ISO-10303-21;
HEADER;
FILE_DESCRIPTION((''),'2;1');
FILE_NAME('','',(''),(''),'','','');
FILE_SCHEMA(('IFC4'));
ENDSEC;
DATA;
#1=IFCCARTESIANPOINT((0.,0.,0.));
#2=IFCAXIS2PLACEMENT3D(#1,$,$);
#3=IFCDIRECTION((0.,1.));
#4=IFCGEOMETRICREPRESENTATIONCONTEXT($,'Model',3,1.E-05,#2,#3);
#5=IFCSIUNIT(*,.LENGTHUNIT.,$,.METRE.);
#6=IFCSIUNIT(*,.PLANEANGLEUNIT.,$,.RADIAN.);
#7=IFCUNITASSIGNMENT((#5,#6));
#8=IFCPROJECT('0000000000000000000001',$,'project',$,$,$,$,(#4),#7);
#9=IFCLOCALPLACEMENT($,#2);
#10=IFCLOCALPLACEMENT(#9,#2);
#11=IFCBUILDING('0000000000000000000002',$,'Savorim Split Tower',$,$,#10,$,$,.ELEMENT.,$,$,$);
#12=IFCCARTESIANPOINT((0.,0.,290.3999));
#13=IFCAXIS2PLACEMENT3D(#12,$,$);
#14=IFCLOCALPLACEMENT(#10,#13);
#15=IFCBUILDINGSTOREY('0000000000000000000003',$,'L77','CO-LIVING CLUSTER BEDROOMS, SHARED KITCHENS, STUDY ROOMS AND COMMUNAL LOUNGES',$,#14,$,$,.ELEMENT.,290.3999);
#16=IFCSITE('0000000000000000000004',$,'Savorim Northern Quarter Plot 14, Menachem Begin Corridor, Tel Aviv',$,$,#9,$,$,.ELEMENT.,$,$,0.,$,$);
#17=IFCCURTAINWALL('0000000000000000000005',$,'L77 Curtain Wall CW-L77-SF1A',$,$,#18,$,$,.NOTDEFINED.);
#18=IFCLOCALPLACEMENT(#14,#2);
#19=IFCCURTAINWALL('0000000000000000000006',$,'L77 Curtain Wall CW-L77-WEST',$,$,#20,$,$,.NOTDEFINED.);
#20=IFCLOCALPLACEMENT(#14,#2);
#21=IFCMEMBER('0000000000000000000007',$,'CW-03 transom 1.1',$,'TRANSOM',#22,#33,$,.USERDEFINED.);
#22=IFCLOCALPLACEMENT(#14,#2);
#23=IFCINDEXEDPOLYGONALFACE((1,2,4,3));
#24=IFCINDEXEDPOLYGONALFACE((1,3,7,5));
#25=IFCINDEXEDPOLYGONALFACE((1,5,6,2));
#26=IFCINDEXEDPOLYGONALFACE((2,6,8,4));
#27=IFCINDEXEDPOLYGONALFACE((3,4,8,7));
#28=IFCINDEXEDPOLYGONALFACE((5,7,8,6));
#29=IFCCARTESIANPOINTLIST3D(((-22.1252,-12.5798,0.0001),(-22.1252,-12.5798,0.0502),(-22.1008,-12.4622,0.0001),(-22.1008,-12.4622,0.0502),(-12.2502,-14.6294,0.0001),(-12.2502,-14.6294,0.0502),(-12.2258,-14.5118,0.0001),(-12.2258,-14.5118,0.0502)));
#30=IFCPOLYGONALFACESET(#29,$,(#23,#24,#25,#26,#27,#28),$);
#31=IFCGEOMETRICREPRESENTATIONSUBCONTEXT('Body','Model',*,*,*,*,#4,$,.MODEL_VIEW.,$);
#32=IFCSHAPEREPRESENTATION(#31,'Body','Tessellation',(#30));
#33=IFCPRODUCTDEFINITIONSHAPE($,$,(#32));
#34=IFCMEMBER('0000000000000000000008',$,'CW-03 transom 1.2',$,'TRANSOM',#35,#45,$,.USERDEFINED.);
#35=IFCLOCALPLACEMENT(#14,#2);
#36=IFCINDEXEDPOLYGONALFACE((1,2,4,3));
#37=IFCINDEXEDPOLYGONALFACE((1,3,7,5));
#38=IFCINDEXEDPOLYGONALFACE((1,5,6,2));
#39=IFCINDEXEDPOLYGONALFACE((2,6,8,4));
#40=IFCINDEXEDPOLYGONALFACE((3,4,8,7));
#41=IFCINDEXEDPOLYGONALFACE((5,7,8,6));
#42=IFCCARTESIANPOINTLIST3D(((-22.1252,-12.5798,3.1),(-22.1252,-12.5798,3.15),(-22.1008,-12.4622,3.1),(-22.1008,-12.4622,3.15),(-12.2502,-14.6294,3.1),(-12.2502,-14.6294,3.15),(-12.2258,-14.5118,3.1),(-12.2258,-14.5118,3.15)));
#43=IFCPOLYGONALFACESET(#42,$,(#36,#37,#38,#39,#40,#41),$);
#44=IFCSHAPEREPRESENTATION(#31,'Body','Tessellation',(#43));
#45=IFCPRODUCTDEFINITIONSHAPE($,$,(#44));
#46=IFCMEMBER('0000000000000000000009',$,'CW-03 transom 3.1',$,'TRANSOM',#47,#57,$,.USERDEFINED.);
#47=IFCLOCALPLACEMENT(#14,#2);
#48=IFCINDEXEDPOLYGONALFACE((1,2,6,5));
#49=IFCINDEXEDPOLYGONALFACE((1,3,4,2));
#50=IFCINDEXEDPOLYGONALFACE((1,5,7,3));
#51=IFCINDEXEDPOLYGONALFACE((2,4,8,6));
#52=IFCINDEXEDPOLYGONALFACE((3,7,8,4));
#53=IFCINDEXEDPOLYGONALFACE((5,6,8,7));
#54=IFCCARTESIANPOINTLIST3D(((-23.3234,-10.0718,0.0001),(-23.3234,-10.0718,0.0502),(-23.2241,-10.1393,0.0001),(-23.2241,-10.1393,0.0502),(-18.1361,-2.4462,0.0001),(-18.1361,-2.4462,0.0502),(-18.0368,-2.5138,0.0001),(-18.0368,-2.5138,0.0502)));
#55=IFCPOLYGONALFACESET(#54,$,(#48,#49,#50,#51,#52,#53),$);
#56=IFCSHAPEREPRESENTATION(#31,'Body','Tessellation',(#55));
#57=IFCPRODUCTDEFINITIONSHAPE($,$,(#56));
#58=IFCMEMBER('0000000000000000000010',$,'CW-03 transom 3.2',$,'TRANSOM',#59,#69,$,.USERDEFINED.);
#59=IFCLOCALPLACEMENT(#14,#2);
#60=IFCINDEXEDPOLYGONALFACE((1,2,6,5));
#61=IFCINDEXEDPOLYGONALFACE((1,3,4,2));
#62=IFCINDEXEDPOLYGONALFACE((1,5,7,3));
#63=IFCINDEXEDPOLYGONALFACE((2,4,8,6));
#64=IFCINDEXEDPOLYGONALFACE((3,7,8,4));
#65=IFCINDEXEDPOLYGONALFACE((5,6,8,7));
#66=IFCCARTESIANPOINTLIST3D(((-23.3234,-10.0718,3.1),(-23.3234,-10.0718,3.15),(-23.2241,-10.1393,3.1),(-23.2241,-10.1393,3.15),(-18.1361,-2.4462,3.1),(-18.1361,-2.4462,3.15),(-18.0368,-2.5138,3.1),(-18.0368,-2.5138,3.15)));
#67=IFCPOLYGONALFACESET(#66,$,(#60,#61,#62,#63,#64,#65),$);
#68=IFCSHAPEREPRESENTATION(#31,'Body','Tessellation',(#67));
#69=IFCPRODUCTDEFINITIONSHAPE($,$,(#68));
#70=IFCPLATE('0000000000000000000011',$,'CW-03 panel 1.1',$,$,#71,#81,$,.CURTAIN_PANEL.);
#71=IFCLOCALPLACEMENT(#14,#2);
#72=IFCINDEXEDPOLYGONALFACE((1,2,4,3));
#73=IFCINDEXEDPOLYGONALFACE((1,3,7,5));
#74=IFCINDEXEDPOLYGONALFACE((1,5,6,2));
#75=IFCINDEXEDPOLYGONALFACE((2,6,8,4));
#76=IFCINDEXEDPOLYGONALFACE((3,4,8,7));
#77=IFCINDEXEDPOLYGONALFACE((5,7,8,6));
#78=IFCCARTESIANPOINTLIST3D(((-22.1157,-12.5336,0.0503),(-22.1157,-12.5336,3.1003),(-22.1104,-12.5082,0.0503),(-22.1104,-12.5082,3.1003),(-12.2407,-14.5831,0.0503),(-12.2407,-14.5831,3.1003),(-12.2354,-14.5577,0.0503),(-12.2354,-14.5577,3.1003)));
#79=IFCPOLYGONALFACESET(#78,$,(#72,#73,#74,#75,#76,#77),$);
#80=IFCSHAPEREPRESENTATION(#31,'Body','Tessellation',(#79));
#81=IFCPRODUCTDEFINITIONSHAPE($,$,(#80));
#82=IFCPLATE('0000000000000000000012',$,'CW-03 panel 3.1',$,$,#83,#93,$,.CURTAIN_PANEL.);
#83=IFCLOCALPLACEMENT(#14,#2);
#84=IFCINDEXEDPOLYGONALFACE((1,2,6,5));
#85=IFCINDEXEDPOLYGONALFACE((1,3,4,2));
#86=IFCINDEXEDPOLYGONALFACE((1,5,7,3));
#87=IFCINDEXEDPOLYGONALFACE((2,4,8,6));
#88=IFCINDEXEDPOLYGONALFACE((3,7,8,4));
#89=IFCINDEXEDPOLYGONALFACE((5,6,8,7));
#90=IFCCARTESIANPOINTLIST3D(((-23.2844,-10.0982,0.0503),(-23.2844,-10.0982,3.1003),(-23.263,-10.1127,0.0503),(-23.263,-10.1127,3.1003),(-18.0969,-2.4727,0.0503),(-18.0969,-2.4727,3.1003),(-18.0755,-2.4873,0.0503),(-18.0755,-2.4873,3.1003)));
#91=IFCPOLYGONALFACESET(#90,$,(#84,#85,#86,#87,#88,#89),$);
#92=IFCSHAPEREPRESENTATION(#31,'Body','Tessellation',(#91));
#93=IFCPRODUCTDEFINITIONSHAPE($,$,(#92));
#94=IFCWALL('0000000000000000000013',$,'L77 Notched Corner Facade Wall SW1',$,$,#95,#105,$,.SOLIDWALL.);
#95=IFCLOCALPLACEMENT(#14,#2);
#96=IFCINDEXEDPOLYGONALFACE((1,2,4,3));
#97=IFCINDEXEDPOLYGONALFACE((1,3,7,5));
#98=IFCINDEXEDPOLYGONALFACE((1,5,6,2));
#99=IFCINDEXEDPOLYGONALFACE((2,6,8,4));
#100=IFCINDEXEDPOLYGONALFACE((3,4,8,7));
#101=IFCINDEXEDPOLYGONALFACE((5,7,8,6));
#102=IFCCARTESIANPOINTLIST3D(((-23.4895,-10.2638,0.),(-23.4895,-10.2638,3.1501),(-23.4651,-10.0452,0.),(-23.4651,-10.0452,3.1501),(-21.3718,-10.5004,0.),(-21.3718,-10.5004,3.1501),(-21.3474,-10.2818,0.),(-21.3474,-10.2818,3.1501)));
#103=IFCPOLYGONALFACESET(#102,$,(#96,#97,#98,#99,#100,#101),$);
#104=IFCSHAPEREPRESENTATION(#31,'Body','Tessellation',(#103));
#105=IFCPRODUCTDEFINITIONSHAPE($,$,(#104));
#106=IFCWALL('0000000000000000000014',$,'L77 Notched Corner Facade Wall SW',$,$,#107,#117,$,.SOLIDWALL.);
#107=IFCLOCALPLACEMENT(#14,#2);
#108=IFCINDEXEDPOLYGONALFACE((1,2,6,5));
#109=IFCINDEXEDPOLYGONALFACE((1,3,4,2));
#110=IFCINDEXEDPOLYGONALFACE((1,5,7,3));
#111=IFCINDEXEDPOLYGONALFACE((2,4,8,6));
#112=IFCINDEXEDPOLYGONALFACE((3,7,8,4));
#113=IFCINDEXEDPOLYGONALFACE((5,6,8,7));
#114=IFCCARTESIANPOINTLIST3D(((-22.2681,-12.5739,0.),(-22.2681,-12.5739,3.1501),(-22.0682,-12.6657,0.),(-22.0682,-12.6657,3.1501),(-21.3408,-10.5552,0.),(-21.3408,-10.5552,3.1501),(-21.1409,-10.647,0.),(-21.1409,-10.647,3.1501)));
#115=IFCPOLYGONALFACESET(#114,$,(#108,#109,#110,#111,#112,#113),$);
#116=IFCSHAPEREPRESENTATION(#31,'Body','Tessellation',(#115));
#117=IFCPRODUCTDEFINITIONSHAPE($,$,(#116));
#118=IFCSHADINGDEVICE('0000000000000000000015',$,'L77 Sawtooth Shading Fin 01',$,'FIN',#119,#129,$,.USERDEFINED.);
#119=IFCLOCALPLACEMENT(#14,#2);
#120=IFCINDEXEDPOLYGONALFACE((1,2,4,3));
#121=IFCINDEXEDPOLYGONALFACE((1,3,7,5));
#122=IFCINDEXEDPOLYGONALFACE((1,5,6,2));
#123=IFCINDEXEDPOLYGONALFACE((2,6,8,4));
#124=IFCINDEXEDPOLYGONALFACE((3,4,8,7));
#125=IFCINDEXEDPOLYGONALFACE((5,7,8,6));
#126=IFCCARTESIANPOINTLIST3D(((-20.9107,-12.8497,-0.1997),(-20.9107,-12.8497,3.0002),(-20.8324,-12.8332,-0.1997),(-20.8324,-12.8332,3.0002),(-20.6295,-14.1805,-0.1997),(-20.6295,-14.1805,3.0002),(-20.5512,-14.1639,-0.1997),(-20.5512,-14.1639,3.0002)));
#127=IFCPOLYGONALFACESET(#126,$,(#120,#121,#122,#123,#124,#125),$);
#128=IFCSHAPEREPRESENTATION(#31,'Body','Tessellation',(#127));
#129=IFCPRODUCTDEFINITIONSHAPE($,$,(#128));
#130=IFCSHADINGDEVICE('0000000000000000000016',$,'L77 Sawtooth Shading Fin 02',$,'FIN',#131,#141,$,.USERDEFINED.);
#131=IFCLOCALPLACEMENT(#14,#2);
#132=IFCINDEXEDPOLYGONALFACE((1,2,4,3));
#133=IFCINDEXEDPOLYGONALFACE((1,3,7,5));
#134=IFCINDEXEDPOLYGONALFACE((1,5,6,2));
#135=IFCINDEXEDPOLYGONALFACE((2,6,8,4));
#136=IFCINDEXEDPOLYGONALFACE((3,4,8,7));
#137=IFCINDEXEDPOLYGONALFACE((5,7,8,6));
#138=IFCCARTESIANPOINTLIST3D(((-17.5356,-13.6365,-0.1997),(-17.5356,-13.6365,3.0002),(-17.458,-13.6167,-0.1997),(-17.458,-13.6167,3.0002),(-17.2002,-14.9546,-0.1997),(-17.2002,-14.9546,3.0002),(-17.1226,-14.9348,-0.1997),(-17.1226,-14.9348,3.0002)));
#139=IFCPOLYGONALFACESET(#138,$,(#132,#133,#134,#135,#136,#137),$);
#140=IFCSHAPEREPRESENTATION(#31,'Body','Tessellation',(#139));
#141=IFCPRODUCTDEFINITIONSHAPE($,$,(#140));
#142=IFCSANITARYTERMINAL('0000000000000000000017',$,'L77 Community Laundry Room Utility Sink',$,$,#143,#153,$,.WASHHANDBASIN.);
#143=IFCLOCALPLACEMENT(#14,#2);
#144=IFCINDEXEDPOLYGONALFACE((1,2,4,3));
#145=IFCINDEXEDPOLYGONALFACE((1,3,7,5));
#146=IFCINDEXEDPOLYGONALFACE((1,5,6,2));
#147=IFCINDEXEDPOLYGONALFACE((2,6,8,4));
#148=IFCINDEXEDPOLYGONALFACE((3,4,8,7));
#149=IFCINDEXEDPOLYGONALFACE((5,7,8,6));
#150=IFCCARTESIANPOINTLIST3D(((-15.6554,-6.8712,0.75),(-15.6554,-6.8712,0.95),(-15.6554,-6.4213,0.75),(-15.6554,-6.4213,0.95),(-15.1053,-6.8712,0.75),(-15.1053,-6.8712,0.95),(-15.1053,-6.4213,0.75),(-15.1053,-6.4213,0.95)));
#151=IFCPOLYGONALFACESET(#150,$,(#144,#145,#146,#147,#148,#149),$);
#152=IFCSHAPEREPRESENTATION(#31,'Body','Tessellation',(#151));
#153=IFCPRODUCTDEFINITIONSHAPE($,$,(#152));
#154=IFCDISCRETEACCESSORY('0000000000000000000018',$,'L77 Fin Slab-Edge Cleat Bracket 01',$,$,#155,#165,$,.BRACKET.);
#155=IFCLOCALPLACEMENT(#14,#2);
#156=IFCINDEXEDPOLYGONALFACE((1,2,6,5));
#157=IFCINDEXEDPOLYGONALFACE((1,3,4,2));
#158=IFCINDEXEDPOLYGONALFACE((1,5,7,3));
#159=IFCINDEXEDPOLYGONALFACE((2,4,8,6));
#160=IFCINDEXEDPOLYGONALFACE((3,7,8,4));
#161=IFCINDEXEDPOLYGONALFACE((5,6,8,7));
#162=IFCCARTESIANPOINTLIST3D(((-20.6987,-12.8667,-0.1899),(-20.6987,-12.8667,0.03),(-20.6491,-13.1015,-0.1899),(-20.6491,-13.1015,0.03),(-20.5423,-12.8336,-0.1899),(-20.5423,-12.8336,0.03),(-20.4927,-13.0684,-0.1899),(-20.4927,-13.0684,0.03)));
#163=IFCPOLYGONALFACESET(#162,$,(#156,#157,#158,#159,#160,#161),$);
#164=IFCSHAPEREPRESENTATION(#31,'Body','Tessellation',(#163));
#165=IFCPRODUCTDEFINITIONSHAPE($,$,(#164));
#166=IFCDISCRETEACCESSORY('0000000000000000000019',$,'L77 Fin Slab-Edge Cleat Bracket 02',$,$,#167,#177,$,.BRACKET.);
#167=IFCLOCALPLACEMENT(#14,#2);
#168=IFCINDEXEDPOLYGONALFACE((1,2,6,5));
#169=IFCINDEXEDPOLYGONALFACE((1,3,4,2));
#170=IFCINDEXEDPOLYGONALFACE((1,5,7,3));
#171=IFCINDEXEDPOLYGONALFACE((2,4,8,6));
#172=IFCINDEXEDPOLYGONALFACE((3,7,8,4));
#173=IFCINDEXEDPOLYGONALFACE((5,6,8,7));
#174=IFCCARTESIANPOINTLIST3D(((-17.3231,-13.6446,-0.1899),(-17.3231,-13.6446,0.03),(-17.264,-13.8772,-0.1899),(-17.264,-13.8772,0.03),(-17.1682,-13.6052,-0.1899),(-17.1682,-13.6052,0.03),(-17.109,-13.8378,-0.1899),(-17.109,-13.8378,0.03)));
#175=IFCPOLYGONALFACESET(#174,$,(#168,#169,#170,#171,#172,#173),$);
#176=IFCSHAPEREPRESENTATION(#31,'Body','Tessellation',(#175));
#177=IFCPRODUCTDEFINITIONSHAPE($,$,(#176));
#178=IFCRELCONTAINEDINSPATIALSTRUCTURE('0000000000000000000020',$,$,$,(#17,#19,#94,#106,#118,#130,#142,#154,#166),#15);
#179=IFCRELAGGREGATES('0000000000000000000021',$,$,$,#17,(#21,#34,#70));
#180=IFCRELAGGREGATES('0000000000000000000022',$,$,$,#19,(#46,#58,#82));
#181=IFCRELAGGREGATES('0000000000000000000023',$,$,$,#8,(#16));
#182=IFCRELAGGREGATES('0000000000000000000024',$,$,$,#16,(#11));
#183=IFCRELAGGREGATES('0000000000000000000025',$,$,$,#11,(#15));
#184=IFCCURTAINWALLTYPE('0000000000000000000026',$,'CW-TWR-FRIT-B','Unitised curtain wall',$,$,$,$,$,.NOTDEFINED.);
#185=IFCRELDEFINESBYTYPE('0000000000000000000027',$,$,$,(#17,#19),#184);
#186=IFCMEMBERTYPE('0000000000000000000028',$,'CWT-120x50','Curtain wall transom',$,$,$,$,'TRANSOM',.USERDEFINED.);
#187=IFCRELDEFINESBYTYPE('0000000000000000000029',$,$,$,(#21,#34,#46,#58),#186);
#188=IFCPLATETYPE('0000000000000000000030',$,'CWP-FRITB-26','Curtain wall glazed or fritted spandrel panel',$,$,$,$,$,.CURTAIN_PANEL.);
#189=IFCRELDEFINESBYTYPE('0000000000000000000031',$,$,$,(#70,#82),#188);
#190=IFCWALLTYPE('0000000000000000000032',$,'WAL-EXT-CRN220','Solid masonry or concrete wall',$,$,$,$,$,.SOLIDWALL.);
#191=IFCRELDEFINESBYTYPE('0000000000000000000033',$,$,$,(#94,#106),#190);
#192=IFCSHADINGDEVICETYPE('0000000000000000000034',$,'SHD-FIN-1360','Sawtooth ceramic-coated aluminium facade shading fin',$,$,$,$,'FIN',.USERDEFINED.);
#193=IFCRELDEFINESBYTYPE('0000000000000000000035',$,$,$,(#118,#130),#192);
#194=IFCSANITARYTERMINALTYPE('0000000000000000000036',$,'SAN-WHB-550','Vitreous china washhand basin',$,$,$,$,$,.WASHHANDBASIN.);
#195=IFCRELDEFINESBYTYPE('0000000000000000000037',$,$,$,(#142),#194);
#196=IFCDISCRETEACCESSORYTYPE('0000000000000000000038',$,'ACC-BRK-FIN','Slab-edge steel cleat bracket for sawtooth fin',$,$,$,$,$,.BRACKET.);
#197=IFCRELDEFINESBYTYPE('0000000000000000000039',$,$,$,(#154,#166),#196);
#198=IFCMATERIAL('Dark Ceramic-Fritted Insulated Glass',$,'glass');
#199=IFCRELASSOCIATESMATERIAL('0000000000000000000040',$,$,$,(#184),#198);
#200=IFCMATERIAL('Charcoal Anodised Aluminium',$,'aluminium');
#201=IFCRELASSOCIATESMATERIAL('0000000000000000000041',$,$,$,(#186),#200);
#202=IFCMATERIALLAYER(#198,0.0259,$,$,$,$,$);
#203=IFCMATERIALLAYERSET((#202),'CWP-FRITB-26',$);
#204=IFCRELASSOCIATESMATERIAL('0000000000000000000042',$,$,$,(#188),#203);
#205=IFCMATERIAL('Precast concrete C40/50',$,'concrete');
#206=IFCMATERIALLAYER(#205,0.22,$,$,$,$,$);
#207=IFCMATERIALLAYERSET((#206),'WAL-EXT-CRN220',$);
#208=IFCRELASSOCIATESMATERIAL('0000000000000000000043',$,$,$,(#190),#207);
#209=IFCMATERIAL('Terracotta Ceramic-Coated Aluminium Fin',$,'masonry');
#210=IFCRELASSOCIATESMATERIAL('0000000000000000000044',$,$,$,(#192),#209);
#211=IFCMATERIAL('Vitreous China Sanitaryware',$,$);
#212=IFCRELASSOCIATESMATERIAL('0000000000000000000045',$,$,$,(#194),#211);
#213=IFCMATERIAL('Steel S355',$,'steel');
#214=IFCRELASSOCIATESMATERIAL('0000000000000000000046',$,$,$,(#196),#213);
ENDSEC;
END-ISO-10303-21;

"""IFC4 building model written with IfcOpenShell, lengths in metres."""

from ifc_helpers import new_model, si_unit, direction, frame, frame_2d, origin, origin_2d, place, context, subcontext, project, spatial, rectangle, extrude, material, layer, layer_set, material_profile, profile_set, type_object, element, aggregate, save


model = new_model("IFC4")

# Units and contexts
model_context = context("Model", 3, precision=1e-05, world=origin(), true_north=direction((0.0, 1.0)))
body_context = subcontext(model_context, "Body", "Model", "MODEL_VIEW")
ifc_project = project(units=[si_unit("LENGTHUNIT", "METRE"), si_unit("PLANEANGLEUNIT", "RADIAN")], contexts=[model_context])

# Site, building, storey
site_placement = place(None, origin())
site = spatial("IfcSite", under=ifc_project, at=site_placement, Name="Savorim Northern Quarter Plot 14, Menachem Begin Corridor, Tel Aviv", CompositionType="ELEMENT", RefElevation=0.0)
building_placement = place(site_placement, origin())
building = spatial("IfcBuilding", under=site, at=building_placement, Name="Savorim Split Tower", CompositionType="ELEMENT")
storey_placement = place(building_placement, frame((0.0, 0.0, 290.3999)))
storey = spatial("IfcBuildingStorey", under=building, at=storey_placement, Name="L77", Description="CO-LIVING CLUSTER BEDROOMS, SHARED KITCHENS, STUDY ROOMS AND COMMUNAL LOUNGES", CompositionType="ELEMENT", Elevation=290.3999)

# Shared definitions
ifc_material_1 = material(Name="Steel S355", Category="steel")

# Curtain wall
ifc_material_2 = material(Name="Dark Ceramic-Fritted Insulated Glass", Category="glass")
curtain_wall_type = type_object("IfcCurtainWallType", Name="CW-TWR-FRIT-B", Description="Unitised curtain wall", PredefinedType="NOTDEFINED", material=ifc_material_2)
curtain_wall_1_placement = place(storey_placement, origin())
curtain_wall_1 = element("IfcCurtainWall", 1, at=curtain_wall_1_placement, inside=storey, type_object=curtain_wall_type, Name="L77 Curtain Wall CW-L77-SF1A", PredefinedType="NOTDEFINED")
ifc_material_3 = material(Name="Charcoal Anodised Aluminium", Category="aluminium")

# Curtain wall
curtain_wall_2_placement = place(storey_placement, origin())
curtain_wall_2 = element("IfcCurtainWall", 2, at=curtain_wall_2_placement, inside=storey, type_object=curtain_wall_type, Name="L77 Curtain Wall CW-L77-WEST", PredefinedType="NOTDEFINED")

# Members
ifc_material_profile_1 = material_profile(ifc_material_3, rectangle(XDim=0.1201, YDim=0.05, at=origin_2d()), Name="ALU-T 120x50")
ifc_profile_set_1 = profile_set([ifc_material_profile_1], Name="Charcoal Anodised Aluminium")
member_type_1 = type_object("IfcMemberType", Name="CWT-120x50", Description="Curtain wall transom", ElementType="TRANSOM", PredefinedType="USERDEFINED", material=ifc_profile_set_1)
member_1_placement = place(storey_placement, frame((-22.113, -12.521, 0.0251), z_axis=(0.979133, -0.20322, 0.0), x_axis=(0.20322, 0.979133, 0.0)))
member_1 = element("IfcMember", 3, at=member_1_placement, type_object=member_type_1, Name="CW-03 transom 1.1", ObjectType="TRANSOM", PredefinedType="USERDEFINED", context=body_context, shape_type="SweptSolid", body=[
    extrude(rectangle(XDim=0.1201, YDim=0.05, at=origin_2d()), origin(), (0.0, 0.0, 1.0), 10.0854),
])
member_2_placement = place(storey_placement, frame((-22.113, -12.521, 3.125), z_axis=(0.979133, -0.20322, 0.0), x_axis=(0.20322, 0.979133, 0.0)))
member_2 = element("IfcMember", 4, at=member_2_placement, type_object=member_type_1, Name="CW-03 transom 1.2", ObjectType="TRANSOM", PredefinedType="USERDEFINED", context=body_context, shape_type="SweptSolid", body=[
    extrude(rectangle(XDim=0.1201, YDim=0.05, at=origin_2d()), origin(), (0.0, 0.0, 1.0), 10.0854),
])
member_3_placement = place(storey_placement, frame((-18.0864, -2.48, 0.0251), z_axis=(-0.562453, -0.826829, 0.0), x_axis=(0.826829, -0.562453, 0.0)))
member_3 = element("IfcMember", 5, at=member_3_placement, type_object=member_type_1, Name="CW-03 transom 3.1", ObjectType="TRANSOM", PredefinedType="USERDEFINED", context=body_context, shape_type="SweptSolid", body=[
    extrude(rectangle(XDim=0.1201, YDim=0.05, at=origin_2d()), origin(), (0.0, 0.0, 1.0), 9.2227),
])
member_4_placement = place(storey_placement, frame((-18.0864, -2.48, 3.125), z_axis=(-0.562453, -0.826829, 0.0), x_axis=(0.826829, -0.562453, 0.0)))
member_4 = element("IfcMember", 6, at=member_4_placement, type_object=member_type_1, Name="CW-03 transom 3.2", ObjectType="TRANSOM", PredefinedType="USERDEFINED", context=body_context, shape_type="SweptSolid", body=[
    extrude(rectangle(XDim=0.1201, YDim=0.05, at=origin_2d()), origin(), (0.0, 0.0, 1.0), 9.2227),
])

# Plates
ifc_layer_1 = layer(ifc_material_2, 0.0259)
ifc_layer_set_1 = layer_set([ifc_layer_1], Name="CWP-FRITB-26")
plate_type = type_object("IfcPlateType", Name="CWP-FRITB-26", Description="Curtain wall glazed or fritted spandrel panel", PredefinedType="CURTAIN_PANEL", material=ifc_layer_set_1)
plate_1_placement = place(storey_placement, frame((-17.1755, -13.5457, 0.0503), z_axis=(0.0, 0.0, 1.0), x_axis=(0.979134, -0.203215, 0.0)))
plate_1 = element("IfcPlate", 7, at=plate_1_placement, type_object=plate_type, Name="CW-03 panel 1.1", PredefinedType="CURTAIN_PANEL", context=body_context, shape_type="SweptSolid", body=[
    extrude(rectangle(XDim=10.0854, YDim=0.0259, at=origin_2d()), origin(), (0.0, 0.0, 1.0), 3.05),
])
aggregate(curtain_wall_1, [member_1, member_2, plate_1])
plate_2_placement = place(storey_placement, frame((-20.6799, -6.2927, 0.0503), z_axis=(0.0, 0.0, 1.0), x_axis=(-0.56247, -0.826818, 0.0)))
plate_2 = element("IfcPlate", 8, at=plate_2_placement, type_object=plate_type, Name="CW-03 panel 3.1", PredefinedType="CURTAIN_PANEL", context=body_context, shape_type="SweptSolid", body=[
    extrude(rectangle(XDim=9.2227, YDim=0.0259, at=origin_2d()), origin(), (0.0, 0.0, 1.0), 3.05),
])
aggregate(curtain_wall_2, [member_3, member_4, plate_2])

# Walls
ifc_material_4 = material(Name="Precast concrete C40/50", Category="concrete")
ifc_layer_2 = layer(ifc_material_4, 0.22)
ifc_layer_set_2 = layer_set([ifc_layer_2], Name="WAL-EXT-CRN220")
wall_type = type_object("IfcWallType", Name="WAL-EXT-CRN220", Description="Solid masonry or concrete wall", PredefinedType="SOLIDWALL", material=ifc_layer_set_2)
wall_1_placement = place(storey_placement, frame((-21.3596, -10.3911, 0.0), z_axis=(0.0, 0.0, 1.0), x_axis=(-0.993818, 0.111023, 0.0)))
element("IfcWall", 9, at=wall_1_placement, inside=storey, type_object=wall_type, Name="L77 Notched Corner Facade Wall SW1", PredefinedType="SOLIDWALL", context=body_context, shape_type="SweptSolid", body=[
    extrude(rectangle(XDim=2.1309, YDim=0.22, at=frame_2d((1.0654, 0.0))), origin(), (0.0, 0.0, 1.0), 3.1501),
])
wall_2_placement = place(storey_placement, frame((-22.1682, -12.6199, 0.0), z_axis=(0.0, 0.0, 1.0), x_axis=(0.417427, 0.908711, 0.0)))
element("IfcWall", 10, at=wall_2_placement, inside=storey, type_object=wall_type, Name="L77 Notched Corner Facade Wall SW", PredefinedType="SOLIDWALL", context=body_context, shape_type="SweptSolid", body=[
    extrude(rectangle(XDim=2.2214, YDim=0.22, at=frame_2d((1.1108, 0.0))), origin(), (0.0, 0.0, 1.0), 3.1501),
])

# Shading devices
ifc_material_5 = material(Name="Terracotta Ceramic-Coated Aluminium Fin", Category="masonry")
shading_device_type = type_object("IfcShadingDeviceType", Name="SHD-FIN-1360", Description="Sawtooth ceramic-coated aluminium facade shading fin", ElementType="FIN", PredefinedType="USERDEFINED", material=ifc_material_5)
for number, where, z_axis, x_axis, name in (
    (11, (-20.731, -13.5068, -0.1997), (0.0, 0.0, 1.0), (0.206722, -0.9784, 0.0), "L77 Sawtooth Shading Fin 01"),
    (12, (-17.3291, -14.2856, -0.1997), (0.0, 0.0, 1.0), (0.246581, -0.969122, 0.0), "L77 Sawtooth Shading Fin 02"),
):
    element("IfcShadingDevice", number, at=place(storey_placement, frame(where, z_axis=z_axis, x_axis=x_axis)), inside=storey, type_object=shading_device_type, Name=name, ObjectType="FIN", PredefinedType="USERDEFINED", context=body_context, shape_type="SweptSolid", body=[
        extrude(rectangle(XDim=1.3601, YDim=0.0801, at=origin_2d()), origin(), (0.0, 0.0, 1.0), 3.2),
    ])

# Sanitary terminal
ifc_material_6 = material(Name="Vitreous China Sanitaryware")
sanitary_terminal_type = type_object("IfcSanitaryTerminalType", Name="SAN-WHB-550", Description="Vitreous china washhand basin", PredefinedType="WASHHANDBASIN", material=ifc_material_6)
sanitary_terminal_placement = place(storey_placement, frame((-15.3804, -6.6462, 0.75), z_axis=(0.0, 0.0, 1.0), x_axis=(1.0, 0.0, 0.0)))
element("IfcSanitaryTerminal", 13, at=sanitary_terminal_placement, inside=storey, type_object=sanitary_terminal_type, Name="L77 Community Laundry Room Utility Sink", PredefinedType="WASHHANDBASIN", context=body_context, shape_type="SweptSolid", body=[
    extrude(rectangle(XDim=0.55, YDim=0.45, at=origin_2d()), origin(), (0.0, 0.0, 1.0), 0.2),
])

# Discrete accessories
discrete_accessory_type = type_object("IfcDiscreteAccessoryType", Name="ACC-BRK-FIN", Description="Slab-edge steel cleat bracket for sawtooth fin", PredefinedType="BRACKET", material=ifc_material_1)
for number, where, z_axis, x_axis, name in (
    (14, (-20.5957, -12.9675, -0.1899), (0.0, 0.0, 1.0), (0.206722, -0.9784, 0.0), "L77 Fin Slab-Edge Cleat Bracket 01"),
    (15, (-17.2161, -13.7412, -0.1899), (0.0, 0.0, 1.0), (0.246581, -0.969122, 0.0), "L77 Fin Slab-Edge Cleat Bracket 02"),
):
    element("IfcDiscreteAccessory", number, at=place(storey_placement, frame(where, z_axis=z_axis, x_axis=x_axis)), inside=storey, type_object=discrete_accessory_type, Name=name, PredefinedType="BRACKET", context=body_context, shape_type="SweptSolid", body=[
        extrude(rectangle(XDim=0.24, YDim=0.1599, at=origin_2d()), origin(), (0.0, 0.0, 1.0), 0.22),
    ])

save(model, "model.ifc")
